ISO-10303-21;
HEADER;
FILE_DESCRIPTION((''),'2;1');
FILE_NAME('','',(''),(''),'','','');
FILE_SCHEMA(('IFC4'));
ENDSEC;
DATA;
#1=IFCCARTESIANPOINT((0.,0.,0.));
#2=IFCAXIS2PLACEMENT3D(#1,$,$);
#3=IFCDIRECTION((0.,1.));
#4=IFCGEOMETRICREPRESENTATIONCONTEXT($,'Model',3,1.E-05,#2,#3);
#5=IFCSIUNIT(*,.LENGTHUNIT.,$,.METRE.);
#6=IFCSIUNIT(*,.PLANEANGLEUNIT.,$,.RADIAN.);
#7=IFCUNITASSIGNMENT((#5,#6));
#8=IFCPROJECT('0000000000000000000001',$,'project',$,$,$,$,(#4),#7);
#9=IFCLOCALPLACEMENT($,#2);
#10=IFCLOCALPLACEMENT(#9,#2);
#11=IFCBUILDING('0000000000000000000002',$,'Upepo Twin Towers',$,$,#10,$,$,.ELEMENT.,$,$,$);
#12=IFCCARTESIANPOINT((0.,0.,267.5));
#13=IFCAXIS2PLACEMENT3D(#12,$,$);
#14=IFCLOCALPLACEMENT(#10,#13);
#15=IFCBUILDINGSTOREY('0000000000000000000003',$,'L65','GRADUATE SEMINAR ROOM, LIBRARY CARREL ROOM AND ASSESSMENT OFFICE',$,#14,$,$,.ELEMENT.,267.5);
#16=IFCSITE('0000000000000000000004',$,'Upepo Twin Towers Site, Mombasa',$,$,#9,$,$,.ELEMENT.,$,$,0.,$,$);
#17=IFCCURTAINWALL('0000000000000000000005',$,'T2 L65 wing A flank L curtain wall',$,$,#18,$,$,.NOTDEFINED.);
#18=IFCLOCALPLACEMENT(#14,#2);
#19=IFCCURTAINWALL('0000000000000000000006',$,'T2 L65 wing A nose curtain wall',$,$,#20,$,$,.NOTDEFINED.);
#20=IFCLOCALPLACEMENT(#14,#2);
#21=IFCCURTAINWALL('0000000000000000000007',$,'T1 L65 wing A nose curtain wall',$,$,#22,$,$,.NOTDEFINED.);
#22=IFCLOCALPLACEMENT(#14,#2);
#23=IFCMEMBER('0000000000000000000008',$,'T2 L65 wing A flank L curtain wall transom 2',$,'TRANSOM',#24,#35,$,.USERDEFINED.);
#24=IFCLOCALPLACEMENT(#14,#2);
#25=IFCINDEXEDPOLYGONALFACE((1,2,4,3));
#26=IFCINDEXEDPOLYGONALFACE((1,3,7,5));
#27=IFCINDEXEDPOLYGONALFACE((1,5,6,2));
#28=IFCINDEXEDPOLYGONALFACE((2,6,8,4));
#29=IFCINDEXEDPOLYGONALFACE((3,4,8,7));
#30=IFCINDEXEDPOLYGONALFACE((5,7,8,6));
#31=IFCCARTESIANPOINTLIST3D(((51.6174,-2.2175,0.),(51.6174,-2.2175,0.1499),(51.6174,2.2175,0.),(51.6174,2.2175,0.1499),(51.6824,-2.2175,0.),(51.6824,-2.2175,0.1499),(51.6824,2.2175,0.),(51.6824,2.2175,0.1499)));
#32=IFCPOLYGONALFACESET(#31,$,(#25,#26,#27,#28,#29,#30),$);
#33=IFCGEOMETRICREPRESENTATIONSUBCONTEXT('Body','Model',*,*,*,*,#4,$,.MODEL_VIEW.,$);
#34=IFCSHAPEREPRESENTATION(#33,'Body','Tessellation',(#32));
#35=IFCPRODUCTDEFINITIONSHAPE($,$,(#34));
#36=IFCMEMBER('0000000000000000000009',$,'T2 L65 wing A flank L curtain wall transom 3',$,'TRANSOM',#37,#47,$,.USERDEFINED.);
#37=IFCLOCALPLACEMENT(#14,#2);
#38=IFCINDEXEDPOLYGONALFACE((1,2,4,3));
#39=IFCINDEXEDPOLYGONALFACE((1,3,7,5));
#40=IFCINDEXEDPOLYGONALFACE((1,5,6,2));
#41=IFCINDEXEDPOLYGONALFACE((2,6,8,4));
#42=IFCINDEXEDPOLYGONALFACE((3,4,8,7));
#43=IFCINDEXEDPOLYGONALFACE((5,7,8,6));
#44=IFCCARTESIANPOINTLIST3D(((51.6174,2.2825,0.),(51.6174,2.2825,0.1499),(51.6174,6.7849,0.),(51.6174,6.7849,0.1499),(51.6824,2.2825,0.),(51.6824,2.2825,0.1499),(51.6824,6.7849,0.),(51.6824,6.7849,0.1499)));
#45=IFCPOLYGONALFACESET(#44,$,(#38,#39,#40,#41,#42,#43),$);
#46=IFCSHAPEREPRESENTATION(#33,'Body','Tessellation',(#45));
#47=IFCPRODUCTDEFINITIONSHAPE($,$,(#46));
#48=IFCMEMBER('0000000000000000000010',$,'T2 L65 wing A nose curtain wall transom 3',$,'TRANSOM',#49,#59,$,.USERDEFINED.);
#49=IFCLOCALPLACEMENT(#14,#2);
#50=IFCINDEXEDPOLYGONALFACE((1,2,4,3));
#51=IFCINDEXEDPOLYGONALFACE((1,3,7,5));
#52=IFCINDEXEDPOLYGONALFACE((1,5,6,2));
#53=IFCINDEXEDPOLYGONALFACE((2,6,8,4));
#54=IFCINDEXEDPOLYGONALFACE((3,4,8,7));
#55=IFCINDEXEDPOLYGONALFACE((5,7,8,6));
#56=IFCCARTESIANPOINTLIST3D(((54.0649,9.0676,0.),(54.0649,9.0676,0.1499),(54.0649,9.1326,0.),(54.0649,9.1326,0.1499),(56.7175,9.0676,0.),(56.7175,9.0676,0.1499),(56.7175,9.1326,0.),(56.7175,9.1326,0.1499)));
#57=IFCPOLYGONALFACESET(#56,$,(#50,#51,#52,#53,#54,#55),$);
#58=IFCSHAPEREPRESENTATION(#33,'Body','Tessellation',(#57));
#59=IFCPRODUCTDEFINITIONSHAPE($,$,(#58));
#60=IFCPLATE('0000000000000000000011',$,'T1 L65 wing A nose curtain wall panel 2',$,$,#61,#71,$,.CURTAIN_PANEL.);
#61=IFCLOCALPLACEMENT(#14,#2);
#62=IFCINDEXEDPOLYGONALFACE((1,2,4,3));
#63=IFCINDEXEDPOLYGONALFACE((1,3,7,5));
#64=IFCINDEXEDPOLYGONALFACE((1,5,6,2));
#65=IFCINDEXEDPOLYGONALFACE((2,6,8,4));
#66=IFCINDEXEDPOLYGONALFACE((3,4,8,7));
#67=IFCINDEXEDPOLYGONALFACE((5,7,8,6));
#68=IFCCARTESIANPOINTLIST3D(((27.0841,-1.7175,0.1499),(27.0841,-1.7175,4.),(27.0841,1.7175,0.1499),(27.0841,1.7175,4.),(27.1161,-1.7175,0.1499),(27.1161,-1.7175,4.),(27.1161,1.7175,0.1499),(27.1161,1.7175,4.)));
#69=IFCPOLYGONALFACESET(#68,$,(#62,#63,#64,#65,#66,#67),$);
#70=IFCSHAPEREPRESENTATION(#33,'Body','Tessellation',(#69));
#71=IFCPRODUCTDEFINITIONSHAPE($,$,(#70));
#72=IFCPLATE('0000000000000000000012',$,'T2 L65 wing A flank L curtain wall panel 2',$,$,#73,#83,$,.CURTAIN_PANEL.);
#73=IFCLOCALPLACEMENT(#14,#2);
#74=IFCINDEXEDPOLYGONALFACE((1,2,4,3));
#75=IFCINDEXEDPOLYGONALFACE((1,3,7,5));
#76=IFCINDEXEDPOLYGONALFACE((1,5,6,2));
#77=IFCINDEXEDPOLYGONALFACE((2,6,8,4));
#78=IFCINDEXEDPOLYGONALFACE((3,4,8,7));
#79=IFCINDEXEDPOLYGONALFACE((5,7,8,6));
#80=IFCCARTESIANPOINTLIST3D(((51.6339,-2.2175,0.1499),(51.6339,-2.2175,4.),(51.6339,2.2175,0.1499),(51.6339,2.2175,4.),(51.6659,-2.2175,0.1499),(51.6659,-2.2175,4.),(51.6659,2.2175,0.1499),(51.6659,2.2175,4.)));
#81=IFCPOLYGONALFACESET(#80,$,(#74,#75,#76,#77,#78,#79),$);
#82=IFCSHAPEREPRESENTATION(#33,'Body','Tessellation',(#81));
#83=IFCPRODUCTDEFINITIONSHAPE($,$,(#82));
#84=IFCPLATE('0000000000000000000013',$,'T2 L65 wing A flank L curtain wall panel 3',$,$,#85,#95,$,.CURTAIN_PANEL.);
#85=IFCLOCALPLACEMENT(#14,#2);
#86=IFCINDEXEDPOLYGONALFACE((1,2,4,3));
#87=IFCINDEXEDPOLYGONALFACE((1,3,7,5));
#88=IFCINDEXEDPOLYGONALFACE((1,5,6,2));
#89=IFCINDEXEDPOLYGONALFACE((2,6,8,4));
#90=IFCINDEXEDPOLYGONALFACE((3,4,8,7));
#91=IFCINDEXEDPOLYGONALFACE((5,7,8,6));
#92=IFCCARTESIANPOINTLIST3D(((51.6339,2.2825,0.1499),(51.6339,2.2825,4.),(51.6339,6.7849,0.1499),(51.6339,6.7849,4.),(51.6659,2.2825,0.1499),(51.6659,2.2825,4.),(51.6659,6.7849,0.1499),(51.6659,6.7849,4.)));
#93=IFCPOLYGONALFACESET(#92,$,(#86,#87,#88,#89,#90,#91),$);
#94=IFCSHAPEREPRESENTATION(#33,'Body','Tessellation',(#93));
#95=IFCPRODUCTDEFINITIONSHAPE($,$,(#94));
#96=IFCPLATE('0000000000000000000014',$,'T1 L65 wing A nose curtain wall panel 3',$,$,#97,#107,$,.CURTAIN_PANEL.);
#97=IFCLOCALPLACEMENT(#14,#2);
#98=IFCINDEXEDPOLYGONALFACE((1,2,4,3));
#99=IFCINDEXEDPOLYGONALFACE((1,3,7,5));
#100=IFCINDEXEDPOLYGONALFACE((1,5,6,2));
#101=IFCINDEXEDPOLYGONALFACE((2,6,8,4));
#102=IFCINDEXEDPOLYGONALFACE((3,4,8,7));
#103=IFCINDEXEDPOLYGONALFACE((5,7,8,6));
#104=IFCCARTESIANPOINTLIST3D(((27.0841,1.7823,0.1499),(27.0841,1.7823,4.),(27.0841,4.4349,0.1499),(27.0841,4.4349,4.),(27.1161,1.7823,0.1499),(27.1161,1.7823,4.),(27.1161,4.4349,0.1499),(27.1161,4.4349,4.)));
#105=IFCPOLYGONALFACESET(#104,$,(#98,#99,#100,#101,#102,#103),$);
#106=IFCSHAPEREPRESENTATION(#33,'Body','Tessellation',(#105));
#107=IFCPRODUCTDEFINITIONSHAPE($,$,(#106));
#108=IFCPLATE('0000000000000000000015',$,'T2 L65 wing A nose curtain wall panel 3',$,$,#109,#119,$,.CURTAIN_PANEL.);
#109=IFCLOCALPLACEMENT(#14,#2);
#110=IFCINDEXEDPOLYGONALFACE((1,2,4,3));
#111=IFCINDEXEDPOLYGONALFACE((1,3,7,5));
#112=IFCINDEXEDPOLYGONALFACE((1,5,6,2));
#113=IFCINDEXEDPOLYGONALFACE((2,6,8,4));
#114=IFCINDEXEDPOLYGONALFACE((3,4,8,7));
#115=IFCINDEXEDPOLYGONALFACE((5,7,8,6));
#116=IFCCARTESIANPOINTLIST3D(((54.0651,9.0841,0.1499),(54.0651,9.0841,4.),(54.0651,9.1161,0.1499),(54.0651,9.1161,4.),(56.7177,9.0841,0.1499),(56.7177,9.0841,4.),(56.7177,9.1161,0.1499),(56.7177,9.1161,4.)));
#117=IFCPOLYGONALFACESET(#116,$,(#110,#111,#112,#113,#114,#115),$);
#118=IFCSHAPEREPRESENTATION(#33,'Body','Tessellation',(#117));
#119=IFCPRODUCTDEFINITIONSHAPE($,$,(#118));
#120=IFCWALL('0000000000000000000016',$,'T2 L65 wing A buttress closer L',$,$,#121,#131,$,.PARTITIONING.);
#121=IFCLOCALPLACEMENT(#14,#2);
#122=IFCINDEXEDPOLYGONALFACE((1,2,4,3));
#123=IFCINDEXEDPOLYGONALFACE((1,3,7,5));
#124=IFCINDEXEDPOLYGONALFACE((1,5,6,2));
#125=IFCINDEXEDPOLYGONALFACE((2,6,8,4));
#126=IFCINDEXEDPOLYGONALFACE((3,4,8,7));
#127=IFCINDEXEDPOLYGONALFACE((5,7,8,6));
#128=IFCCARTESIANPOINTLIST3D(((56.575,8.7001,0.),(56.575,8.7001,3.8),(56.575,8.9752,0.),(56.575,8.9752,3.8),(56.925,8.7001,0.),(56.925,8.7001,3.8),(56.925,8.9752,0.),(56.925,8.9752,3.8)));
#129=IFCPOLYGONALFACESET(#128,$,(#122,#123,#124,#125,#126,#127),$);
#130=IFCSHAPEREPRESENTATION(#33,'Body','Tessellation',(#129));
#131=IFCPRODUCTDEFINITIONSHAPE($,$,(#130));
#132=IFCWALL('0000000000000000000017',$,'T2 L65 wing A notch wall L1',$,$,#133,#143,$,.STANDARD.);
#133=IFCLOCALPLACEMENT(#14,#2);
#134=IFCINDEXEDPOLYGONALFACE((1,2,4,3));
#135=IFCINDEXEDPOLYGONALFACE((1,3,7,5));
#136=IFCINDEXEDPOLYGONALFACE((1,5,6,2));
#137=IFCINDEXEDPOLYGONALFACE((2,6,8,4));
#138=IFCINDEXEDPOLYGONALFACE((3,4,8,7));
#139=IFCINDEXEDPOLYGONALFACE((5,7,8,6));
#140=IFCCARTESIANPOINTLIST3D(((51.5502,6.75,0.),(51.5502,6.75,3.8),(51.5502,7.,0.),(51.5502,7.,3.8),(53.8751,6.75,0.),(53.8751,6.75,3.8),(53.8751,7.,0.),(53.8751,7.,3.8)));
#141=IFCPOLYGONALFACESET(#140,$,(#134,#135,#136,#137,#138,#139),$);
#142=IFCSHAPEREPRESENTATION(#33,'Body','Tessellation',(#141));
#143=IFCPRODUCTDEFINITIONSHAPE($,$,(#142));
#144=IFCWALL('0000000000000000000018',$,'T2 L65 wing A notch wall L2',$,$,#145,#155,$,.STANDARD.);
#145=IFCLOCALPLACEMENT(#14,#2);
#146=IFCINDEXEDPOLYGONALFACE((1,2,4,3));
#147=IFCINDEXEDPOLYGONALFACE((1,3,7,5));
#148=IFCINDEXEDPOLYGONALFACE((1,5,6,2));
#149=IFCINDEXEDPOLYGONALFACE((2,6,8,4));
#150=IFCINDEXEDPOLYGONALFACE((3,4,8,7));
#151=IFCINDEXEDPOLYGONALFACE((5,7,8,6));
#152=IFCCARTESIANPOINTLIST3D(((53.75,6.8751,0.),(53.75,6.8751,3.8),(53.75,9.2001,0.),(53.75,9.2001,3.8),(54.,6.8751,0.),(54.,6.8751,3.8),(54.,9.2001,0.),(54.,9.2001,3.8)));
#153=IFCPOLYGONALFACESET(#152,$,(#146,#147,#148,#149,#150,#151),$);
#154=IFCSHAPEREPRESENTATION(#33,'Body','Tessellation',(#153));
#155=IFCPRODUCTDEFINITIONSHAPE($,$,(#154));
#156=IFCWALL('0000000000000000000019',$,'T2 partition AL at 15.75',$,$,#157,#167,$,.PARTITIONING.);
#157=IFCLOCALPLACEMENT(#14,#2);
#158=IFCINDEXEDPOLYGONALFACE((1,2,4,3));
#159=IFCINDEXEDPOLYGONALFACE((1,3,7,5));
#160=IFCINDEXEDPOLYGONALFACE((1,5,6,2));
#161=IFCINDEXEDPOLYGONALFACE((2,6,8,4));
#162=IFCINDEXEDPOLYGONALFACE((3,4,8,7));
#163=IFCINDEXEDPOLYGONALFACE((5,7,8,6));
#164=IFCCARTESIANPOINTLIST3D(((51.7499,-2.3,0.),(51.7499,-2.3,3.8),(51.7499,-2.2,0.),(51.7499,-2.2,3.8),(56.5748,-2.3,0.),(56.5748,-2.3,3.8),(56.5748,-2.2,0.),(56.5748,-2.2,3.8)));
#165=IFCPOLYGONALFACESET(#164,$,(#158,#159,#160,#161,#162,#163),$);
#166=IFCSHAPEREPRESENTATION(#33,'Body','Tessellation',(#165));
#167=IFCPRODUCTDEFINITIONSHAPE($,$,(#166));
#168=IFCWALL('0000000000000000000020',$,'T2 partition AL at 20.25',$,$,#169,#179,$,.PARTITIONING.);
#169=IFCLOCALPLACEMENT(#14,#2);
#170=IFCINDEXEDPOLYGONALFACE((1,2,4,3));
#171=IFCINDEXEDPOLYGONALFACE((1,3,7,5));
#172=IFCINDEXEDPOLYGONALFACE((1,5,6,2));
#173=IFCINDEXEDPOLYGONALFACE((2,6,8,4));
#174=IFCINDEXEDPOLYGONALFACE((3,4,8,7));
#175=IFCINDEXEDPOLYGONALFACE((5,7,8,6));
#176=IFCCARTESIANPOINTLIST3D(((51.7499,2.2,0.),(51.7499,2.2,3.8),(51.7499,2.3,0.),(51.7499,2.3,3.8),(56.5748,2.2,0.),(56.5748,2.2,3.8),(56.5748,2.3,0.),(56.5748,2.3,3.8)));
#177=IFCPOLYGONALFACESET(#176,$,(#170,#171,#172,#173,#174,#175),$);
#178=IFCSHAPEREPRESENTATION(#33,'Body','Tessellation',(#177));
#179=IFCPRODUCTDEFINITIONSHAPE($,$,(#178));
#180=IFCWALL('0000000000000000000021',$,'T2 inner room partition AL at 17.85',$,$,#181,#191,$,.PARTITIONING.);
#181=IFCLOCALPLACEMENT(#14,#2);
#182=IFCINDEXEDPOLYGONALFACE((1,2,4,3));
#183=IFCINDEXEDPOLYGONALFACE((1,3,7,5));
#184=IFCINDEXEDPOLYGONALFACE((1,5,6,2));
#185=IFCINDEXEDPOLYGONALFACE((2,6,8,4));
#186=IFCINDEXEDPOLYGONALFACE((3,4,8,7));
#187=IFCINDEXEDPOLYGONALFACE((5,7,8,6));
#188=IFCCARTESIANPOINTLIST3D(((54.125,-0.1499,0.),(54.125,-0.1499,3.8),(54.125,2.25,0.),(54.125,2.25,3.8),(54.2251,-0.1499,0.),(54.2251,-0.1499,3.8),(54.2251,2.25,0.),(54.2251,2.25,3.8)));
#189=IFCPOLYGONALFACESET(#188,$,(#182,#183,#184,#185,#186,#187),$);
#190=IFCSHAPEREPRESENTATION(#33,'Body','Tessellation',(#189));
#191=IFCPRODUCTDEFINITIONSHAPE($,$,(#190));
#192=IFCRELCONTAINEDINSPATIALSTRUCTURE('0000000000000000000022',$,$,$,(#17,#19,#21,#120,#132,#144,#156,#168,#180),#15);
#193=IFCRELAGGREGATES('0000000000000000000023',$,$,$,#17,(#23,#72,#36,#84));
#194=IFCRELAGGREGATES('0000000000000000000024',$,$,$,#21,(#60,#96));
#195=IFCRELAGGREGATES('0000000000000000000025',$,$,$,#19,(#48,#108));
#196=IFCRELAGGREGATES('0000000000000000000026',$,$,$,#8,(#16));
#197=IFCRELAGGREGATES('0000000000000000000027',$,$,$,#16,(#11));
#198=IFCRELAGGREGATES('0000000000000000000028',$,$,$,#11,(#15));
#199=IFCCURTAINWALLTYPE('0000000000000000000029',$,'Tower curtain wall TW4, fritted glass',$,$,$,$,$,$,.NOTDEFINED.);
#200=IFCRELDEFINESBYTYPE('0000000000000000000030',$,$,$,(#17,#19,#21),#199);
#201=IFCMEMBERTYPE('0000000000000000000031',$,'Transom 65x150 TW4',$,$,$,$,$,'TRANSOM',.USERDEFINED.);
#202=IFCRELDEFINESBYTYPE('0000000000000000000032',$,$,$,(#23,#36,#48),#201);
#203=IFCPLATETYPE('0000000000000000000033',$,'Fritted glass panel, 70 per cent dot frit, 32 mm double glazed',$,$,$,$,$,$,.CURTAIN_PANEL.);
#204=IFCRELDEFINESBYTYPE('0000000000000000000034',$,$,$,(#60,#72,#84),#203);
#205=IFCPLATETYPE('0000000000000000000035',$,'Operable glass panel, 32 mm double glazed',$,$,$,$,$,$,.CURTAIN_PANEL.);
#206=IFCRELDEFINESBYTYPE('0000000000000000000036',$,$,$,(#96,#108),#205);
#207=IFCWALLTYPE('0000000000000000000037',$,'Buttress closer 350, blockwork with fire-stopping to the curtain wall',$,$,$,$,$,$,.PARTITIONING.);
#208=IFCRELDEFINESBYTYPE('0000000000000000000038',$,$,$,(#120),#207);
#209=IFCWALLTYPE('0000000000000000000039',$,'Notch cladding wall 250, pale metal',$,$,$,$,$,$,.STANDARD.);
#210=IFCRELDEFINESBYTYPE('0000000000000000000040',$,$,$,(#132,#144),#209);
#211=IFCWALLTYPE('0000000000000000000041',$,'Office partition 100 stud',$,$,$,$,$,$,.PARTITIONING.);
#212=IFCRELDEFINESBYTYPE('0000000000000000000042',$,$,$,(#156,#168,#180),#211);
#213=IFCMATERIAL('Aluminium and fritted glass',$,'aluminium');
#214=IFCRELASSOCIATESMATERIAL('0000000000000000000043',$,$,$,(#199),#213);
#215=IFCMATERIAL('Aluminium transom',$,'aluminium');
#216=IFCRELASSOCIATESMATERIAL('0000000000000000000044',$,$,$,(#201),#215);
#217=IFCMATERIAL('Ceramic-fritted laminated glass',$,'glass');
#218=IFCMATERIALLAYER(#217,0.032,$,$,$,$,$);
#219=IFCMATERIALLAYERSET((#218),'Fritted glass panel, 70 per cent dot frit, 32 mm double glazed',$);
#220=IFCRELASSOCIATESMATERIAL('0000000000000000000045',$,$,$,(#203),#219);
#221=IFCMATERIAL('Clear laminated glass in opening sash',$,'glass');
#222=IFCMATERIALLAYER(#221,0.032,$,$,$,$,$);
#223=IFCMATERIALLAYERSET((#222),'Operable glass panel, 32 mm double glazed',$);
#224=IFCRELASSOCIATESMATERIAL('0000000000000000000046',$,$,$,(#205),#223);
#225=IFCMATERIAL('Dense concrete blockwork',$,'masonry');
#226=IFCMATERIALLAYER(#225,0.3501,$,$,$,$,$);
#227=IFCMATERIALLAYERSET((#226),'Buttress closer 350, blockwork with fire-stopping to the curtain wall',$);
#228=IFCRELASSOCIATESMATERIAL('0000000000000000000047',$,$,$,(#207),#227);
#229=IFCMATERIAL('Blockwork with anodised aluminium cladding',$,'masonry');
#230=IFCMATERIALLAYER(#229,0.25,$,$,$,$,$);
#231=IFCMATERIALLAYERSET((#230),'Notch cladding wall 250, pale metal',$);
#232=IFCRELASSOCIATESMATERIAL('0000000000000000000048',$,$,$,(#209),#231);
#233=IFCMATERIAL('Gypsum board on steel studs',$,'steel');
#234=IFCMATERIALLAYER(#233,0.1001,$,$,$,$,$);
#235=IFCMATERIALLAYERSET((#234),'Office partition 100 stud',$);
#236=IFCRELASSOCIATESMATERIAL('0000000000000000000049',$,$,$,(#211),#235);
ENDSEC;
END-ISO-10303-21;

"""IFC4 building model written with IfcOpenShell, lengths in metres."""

from ifc_helpers import new_model, si_unit, direction, frame, frame_2d, origin, origin_2d, place, context, subcontext, project, spatial, rectangle, extrude, material, layer, layer_set, material_profile, profile_set, type_object, element, aggregate, save


model = new_model("IFC4")

# Units and contexts
model_context = context("Model", 3, precision=1e-05, world=origin(), true_north=direction((0.0, 1.0)))
body_context = subcontext(model_context, "Body", "Model", "MODEL_VIEW")
ifc_project = project(units=[si_unit("LENGTHUNIT", "METRE"), si_unit("PLANEANGLEUNIT", "RADIAN")], contexts=[model_context])

# Site, building, storey
site_placement = place(None, origin())
site = spatial("IfcSite", under=ifc_project, at=site_placement, Name="Upepo Twin Towers Site, Mombasa", CompositionType="ELEMENT", RefElevation=0.0)
building_placement = place(site_placement, origin())
building = spatial("IfcBuilding", under=site, at=building_placement, Name="Upepo Twin Towers", CompositionType="ELEMENT")
storey_placement = place(building_placement, frame((0.0, 0.0, 267.5)))
storey = spatial("IfcBuildingStorey", under=building, at=storey_placement, Name="L65", Description="GRADUATE SEMINAR ROOM, LIBRARY CARREL ROOM AND ASSESSMENT OFFICE", CompositionType="ELEMENT", Elevation=267.5)

# Curtain walls
ifc_material_1 = material(Name="Aluminium and fritted glass", Category="aluminium")
curtain_wall_type = type_object("IfcCurtainWallType", Name="Tower curtain wall TW4, fritted glass", PredefinedType="NOTDEFINED", material=ifc_material_1)
curtain_wall_1_placement = place(storey_placement, origin())
curtain_wall_1 = element("IfcCurtainWall", 1, at=curtain_wall_1_placement, inside=storey, type_object=curtain_wall_type, Name="T2 L65 wing A flank L curtain wall", PredefinedType="NOTDEFINED")
curtain_wall_2_placement = place(storey_placement, origin())
curtain_wall_2 = element("IfcCurtainWall", 2, at=curtain_wall_2_placement, inside=storey, type_object=curtain_wall_type, Name="T2 L65 wing A nose curtain wall", PredefinedType="NOTDEFINED")
curtain_wall_3_placement = place(storey_placement, origin())
curtain_wall_3 = element("IfcCurtainWall", 3, at=curtain_wall_3_placement, inside=storey, type_object=curtain_wall_type, Name="T1 L65 wing A nose curtain wall", PredefinedType="NOTDEFINED")
ifc_material_2 = material(Name="Aluminium transom", Category="aluminium")
ifc_material_profile_1 = material_profile(ifc_material_2, rectangle(XDim=0.0649, YDim=0.1499, at=origin_2d()), Name="TRANSOM 65x150")
ifc_profile_set_1 = profile_set([ifc_material_profile_1], Name="Aluminium transom")
member_type_1 = type_object("IfcMemberType", Name="Transom 65x150 TW4", ElementType="TRANSOM", PredefinedType="USERDEFINED", material=ifc_profile_set_1)

# Members
member_1_placement = place(storey_placement, frame((51.6499, -2.2175, 0.075), z_axis=(0.0, 1.0, 0.0), x_axis=(-1.0, 0.0, 0.0)))
member_1 = element("IfcMember", 4, at=member_1_placement, type_object=member_type_1, Name="T2 L65 wing A flank L curtain wall transom 2", ObjectType="TRANSOM", PredefinedType="USERDEFINED", context=body_context, shape_type="SweptSolid", body=[
    extrude(rectangle(XDim=0.0649, YDim=0.1499, at=origin_2d()), origin(), (0.0, 0.0, 1.0), 4.4351),
])
member_2_placement = place(storey_placement, frame((51.6499, 2.2825, 0.075), z_axis=(0.0, 1.0, 0.0), x_axis=(-1.0, 0.0, 0.0)))
member_2 = element("IfcMember", 5, at=member_2_placement, type_object=member_type_1, Name="T2 L65 wing A flank L curtain wall transom 3", ObjectType="TRANSOM", PredefinedType="USERDEFINED", context=body_context, shape_type="SweptSolid", body=[
    extrude(rectangle(XDim=0.0649, YDim=0.1499, at=origin_2d()), origin(), (0.0, 0.0, 1.0), 4.5024),
])
member_3_placement = place(storey_placement, frame((56.7175, 9.1001, 0.075), z_axis=(-1.0, 0.0, 0.0), x_axis=(0.0, -1.0, 0.0)))
member_3 = element("IfcMember", 6, at=member_3_placement, type_object=member_type_1, Name="T2 L65 wing A nose curtain wall transom 3", ObjectType="TRANSOM", PredefinedType="USERDEFINED", context=body_context, shape_type="SweptSolid", body=[
    extrude(rectangle(XDim=0.0649, YDim=0.1499, at=origin_2d()), origin(), (0.0, 0.0, 1.0), 2.6526),
])

# Plates
ifc_material_3 = material(Name="Ceramic-fritted laminated glass", Category="glass")
ifc_layer_1 = layer(ifc_material_3, 0.032)
ifc_layer_set_1 = layer_set([ifc_layer_1], Name="Fritted glass panel, 70 per cent dot frit, 32 mm double glazed")
plate_type_1 = type_object("IfcPlateType", Name="Fritted glass panel, 70 per cent dot frit, 32 mm double glazed", PredefinedType="CURTAIN_PANEL", material=ifc_layer_set_1)
plate_1_placement = place(storey_placement, frame((27.1001, 0.0, 0.1499), z_axis=(0.0, 0.0, 1.0), x_axis=(0.0, 1.0, 0.0)))
plate_1 = element("IfcPlate", 7, at=plate_1_placement, type_object=plate_type_1, Name="T1 L65 wing A nose curtain wall panel 2", PredefinedType="CURTAIN_PANEL", context=body_context, shape_type="SweptSolid", body=[
    extrude(rectangle(XDim=3.4351, YDim=0.032, at=origin_2d()), origin(), (0.0, 0.0, 1.0), 3.8501),
])
plate_2_placement = place(storey_placement, frame((51.6499, 0.0, 0.1499), z_axis=(0.0, 0.0, 1.0), x_axis=(0.0, 1.0, 0.0)))
plate_2 = element("IfcPlate", 8, at=plate_2_placement, type_object=plate_type_1, Name="T2 L65 wing A flank L curtain wall panel 2", PredefinedType="CURTAIN_PANEL", context=body_context, shape_type="SweptSolid", body=[
    extrude(rectangle(XDim=4.4351, YDim=0.032, at=origin_2d()), origin(), (0.0, 0.0, 1.0), 3.8501),
])
plate_3_placement = place(storey_placement, frame((51.6499, 4.5337, 0.1499), z_axis=(0.0, 0.0, 1.0), x_axis=(0.0, 1.0, 0.0)))
plate_3 = element("IfcPlate", 9, at=plate_3_placement, type_object=plate_type_1, Name="T2 L65 wing A flank L curtain wall panel 3", PredefinedType="CURTAIN_PANEL", context=body_context, shape_type="SweptSolid", body=[
    extrude(rectangle(XDim=4.5024, YDim=0.032, at=origin_2d()), origin(), (0.0, 0.0, 1.0), 3.8501),
])
aggregate(curtain_wall_1, [member_1, plate_2, member_2, plate_3])
ifc_material_4 = material(Name="Clear laminated glass in opening sash", Category="glass")
ifc_layer_2 = layer(ifc_material_4, 0.032)
ifc_layer_set_2 = layer_set([ifc_layer_2], Name="Operable glass panel, 32 mm double glazed")
plate_type_2 = type_object("IfcPlateType", Name="Operable glass panel, 32 mm double glazed", PredefinedType="CURTAIN_PANEL", material=ifc_layer_set_2)
plate_4_placement = place(storey_placement, frame((27.1001, 3.1086, 0.1499), z_axis=(0.0, 0.0, 1.0), x_axis=(0.0, 1.0, 0.0)))
plate_4 = element("IfcPlate", 10, at=plate_4_placement, type_object=plate_type_2, Name="T1 L65 wing A nose curtain wall panel 3", PredefinedType="CURTAIN_PANEL", context=body_context, shape_type="SweptSolid", body=[
    extrude(rectangle(XDim=2.6526, YDim=0.032, at=origin_2d()), origin(), (0.0, 0.0, 1.0), 3.8501),
])
aggregate(curtain_wall_3, [plate_1, plate_4])
plate_5_placement = place(storey_placement, frame((55.3914, 9.1001, 0.1499), z_axis=(0.0, 0.0, 1.0), x_axis=(-1.0, 0.0, 0.0)))
plate_5 = element("IfcPlate", 11, at=plate_5_placement, type_object=plate_type_2, Name="T2 L65 wing A nose curtain wall panel 3", PredefinedType="CURTAIN_PANEL", context=body_context, shape_type="SweptSolid", body=[
    extrude(rectangle(XDim=2.6526, YDim=0.032, at=origin_2d()), origin(), (0.0, 0.0, 1.0), 3.8501),
])
aggregate(curtain_wall_2, [member_3, plate_5])

# Walls
ifc_material_5 = material(Name="Dense concrete blockwork", Category="masonry")
ifc_layer_3 = layer(ifc_material_5, 0.3501)
ifc_layer_set_3 = layer_set([ifc_layer_3], Name="Buttress closer 350, blockwork with fire-stopping to the curtain wall")
wall_type_1 = type_object("IfcWallType", Name="Buttress closer 350, blockwork with fire-stopping to the curtain wall", PredefinedType="PARTITIONING", material=ifc_layer_set_3)
wall_1_placement = place(storey_placement, frame((56.75, 8.7, 0.0), z_axis=(0.0, 0.0, 1.0), x_axis=(0.0, 1.0, 0.0)))
element("IfcWall", 12, at=wall_1_placement, inside=storey, type_object=wall_type_1, Name="T2 L65 wing A buttress closer L", PredefinedType="PARTITIONING", context=body_context, shape_type="SweptSolid", body=[
    extrude(rectangle(XDim=0.2751, YDim=0.3501, at=frame_2d((0.1377, 0.0))), origin(), (0.0, 0.0, 1.0), 3.8),
])
ifc_material_6 = material(Name="Blockwork with anodised aluminium cladding", Category="masonry")
ifc_layer_4 = layer(ifc_material_6, 0.25)
ifc_layer_set_4 = layer_set([ifc_layer_4], Name="Notch cladding wall 250, pale metal")
wall_type_2 = type_object("IfcWallType", Name="Notch cladding wall 250, pale metal", PredefinedType="STANDARD", material=ifc_layer_set_4)
for number, where, z_axis, x_axis, name in (
    (13, (51.55, 6.875, 0.0), (0.0, 0.0, 1.0), (1.0, 0.0, 0.0), "T2 L65 wing A notch wall L1"),
    (14, (53.875, 6.875, 0.0), (0.0, 0.0, 1.0), (0.0, 1.0, 0.0), "T2 L65 wing A notch wall L2"),
):
    element("IfcWall", number, at=place(storey_placement, frame(where, z_axis=z_axis, x_axis=x_axis)), inside=storey, type_object=wall_type_2, Name=name, PredefinedType="STANDARD", context=body_context, shape_type="SweptSolid", body=[
        extrude(rectangle(XDim=2.325, YDim=0.25, at=frame_2d((1.1626, 0.0))), origin(), (0.0, 0.0, 1.0), 3.8),
    ])
ifc_material_7 = material(Name="Gypsum board on steel studs", Category="steel")
ifc_layer_5 = layer(ifc_material_7, 0.1001)
ifc_layer_set_5 = layer_set([ifc_layer_5], Name="Office partition 100 stud")
wall_type_3 = type_object("IfcWallType", Name="Office partition 100 stud", PredefinedType="PARTITIONING", material=ifc_layer_set_5)
for number, where, z_axis, x_axis, name in (
    (15, (56.575, -2.25, 0.0), (0.0, 0.0, 1.0), (-1.0, 0.0, 0.0), "T2 partition AL at 15.75"),
    (16, (56.575, 2.25, 0.0), (0.0, 0.0, 1.0), (-1.0, 0.0, 0.0), "T2 partition AL at 20.25"),
):
    element("IfcWall", number, at=place(storey_placement, frame(where, z_axis=z_axis, x_axis=x_axis)), inside=storey, type_object=wall_type_3, Name=name, PredefinedType="PARTITIONING", context=body_context, shape_type="SweptSolid", body=[
        extrude(rectangle(XDim=4.825, YDim=0.1001, at=frame_2d((2.4126, 0.0))), origin(), (0.0, 0.0, 1.0), 3.8),
    ])
wall_2_placement = place(storey_placement, frame((54.175, -0.1499, 0.0), z_axis=(0.0, 0.0, 1.0), x_axis=(0.0, 1.0, 0.0)))
element("IfcWall", 17, at=wall_2_placement, inside=storey, type_object=wall_type_3, Name="T2 inner room partition AL at 17.85", PredefinedType="PARTITIONING", context=body_context, shape_type="SweptSolid", body=[
    extrude(rectangle(XDim=2.3999, YDim=0.1001, at=frame_2d((1.2, 0.0))), origin(), (0.0, 0.0, 1.0), 3.8),
])

save(model, "model.ifc")
